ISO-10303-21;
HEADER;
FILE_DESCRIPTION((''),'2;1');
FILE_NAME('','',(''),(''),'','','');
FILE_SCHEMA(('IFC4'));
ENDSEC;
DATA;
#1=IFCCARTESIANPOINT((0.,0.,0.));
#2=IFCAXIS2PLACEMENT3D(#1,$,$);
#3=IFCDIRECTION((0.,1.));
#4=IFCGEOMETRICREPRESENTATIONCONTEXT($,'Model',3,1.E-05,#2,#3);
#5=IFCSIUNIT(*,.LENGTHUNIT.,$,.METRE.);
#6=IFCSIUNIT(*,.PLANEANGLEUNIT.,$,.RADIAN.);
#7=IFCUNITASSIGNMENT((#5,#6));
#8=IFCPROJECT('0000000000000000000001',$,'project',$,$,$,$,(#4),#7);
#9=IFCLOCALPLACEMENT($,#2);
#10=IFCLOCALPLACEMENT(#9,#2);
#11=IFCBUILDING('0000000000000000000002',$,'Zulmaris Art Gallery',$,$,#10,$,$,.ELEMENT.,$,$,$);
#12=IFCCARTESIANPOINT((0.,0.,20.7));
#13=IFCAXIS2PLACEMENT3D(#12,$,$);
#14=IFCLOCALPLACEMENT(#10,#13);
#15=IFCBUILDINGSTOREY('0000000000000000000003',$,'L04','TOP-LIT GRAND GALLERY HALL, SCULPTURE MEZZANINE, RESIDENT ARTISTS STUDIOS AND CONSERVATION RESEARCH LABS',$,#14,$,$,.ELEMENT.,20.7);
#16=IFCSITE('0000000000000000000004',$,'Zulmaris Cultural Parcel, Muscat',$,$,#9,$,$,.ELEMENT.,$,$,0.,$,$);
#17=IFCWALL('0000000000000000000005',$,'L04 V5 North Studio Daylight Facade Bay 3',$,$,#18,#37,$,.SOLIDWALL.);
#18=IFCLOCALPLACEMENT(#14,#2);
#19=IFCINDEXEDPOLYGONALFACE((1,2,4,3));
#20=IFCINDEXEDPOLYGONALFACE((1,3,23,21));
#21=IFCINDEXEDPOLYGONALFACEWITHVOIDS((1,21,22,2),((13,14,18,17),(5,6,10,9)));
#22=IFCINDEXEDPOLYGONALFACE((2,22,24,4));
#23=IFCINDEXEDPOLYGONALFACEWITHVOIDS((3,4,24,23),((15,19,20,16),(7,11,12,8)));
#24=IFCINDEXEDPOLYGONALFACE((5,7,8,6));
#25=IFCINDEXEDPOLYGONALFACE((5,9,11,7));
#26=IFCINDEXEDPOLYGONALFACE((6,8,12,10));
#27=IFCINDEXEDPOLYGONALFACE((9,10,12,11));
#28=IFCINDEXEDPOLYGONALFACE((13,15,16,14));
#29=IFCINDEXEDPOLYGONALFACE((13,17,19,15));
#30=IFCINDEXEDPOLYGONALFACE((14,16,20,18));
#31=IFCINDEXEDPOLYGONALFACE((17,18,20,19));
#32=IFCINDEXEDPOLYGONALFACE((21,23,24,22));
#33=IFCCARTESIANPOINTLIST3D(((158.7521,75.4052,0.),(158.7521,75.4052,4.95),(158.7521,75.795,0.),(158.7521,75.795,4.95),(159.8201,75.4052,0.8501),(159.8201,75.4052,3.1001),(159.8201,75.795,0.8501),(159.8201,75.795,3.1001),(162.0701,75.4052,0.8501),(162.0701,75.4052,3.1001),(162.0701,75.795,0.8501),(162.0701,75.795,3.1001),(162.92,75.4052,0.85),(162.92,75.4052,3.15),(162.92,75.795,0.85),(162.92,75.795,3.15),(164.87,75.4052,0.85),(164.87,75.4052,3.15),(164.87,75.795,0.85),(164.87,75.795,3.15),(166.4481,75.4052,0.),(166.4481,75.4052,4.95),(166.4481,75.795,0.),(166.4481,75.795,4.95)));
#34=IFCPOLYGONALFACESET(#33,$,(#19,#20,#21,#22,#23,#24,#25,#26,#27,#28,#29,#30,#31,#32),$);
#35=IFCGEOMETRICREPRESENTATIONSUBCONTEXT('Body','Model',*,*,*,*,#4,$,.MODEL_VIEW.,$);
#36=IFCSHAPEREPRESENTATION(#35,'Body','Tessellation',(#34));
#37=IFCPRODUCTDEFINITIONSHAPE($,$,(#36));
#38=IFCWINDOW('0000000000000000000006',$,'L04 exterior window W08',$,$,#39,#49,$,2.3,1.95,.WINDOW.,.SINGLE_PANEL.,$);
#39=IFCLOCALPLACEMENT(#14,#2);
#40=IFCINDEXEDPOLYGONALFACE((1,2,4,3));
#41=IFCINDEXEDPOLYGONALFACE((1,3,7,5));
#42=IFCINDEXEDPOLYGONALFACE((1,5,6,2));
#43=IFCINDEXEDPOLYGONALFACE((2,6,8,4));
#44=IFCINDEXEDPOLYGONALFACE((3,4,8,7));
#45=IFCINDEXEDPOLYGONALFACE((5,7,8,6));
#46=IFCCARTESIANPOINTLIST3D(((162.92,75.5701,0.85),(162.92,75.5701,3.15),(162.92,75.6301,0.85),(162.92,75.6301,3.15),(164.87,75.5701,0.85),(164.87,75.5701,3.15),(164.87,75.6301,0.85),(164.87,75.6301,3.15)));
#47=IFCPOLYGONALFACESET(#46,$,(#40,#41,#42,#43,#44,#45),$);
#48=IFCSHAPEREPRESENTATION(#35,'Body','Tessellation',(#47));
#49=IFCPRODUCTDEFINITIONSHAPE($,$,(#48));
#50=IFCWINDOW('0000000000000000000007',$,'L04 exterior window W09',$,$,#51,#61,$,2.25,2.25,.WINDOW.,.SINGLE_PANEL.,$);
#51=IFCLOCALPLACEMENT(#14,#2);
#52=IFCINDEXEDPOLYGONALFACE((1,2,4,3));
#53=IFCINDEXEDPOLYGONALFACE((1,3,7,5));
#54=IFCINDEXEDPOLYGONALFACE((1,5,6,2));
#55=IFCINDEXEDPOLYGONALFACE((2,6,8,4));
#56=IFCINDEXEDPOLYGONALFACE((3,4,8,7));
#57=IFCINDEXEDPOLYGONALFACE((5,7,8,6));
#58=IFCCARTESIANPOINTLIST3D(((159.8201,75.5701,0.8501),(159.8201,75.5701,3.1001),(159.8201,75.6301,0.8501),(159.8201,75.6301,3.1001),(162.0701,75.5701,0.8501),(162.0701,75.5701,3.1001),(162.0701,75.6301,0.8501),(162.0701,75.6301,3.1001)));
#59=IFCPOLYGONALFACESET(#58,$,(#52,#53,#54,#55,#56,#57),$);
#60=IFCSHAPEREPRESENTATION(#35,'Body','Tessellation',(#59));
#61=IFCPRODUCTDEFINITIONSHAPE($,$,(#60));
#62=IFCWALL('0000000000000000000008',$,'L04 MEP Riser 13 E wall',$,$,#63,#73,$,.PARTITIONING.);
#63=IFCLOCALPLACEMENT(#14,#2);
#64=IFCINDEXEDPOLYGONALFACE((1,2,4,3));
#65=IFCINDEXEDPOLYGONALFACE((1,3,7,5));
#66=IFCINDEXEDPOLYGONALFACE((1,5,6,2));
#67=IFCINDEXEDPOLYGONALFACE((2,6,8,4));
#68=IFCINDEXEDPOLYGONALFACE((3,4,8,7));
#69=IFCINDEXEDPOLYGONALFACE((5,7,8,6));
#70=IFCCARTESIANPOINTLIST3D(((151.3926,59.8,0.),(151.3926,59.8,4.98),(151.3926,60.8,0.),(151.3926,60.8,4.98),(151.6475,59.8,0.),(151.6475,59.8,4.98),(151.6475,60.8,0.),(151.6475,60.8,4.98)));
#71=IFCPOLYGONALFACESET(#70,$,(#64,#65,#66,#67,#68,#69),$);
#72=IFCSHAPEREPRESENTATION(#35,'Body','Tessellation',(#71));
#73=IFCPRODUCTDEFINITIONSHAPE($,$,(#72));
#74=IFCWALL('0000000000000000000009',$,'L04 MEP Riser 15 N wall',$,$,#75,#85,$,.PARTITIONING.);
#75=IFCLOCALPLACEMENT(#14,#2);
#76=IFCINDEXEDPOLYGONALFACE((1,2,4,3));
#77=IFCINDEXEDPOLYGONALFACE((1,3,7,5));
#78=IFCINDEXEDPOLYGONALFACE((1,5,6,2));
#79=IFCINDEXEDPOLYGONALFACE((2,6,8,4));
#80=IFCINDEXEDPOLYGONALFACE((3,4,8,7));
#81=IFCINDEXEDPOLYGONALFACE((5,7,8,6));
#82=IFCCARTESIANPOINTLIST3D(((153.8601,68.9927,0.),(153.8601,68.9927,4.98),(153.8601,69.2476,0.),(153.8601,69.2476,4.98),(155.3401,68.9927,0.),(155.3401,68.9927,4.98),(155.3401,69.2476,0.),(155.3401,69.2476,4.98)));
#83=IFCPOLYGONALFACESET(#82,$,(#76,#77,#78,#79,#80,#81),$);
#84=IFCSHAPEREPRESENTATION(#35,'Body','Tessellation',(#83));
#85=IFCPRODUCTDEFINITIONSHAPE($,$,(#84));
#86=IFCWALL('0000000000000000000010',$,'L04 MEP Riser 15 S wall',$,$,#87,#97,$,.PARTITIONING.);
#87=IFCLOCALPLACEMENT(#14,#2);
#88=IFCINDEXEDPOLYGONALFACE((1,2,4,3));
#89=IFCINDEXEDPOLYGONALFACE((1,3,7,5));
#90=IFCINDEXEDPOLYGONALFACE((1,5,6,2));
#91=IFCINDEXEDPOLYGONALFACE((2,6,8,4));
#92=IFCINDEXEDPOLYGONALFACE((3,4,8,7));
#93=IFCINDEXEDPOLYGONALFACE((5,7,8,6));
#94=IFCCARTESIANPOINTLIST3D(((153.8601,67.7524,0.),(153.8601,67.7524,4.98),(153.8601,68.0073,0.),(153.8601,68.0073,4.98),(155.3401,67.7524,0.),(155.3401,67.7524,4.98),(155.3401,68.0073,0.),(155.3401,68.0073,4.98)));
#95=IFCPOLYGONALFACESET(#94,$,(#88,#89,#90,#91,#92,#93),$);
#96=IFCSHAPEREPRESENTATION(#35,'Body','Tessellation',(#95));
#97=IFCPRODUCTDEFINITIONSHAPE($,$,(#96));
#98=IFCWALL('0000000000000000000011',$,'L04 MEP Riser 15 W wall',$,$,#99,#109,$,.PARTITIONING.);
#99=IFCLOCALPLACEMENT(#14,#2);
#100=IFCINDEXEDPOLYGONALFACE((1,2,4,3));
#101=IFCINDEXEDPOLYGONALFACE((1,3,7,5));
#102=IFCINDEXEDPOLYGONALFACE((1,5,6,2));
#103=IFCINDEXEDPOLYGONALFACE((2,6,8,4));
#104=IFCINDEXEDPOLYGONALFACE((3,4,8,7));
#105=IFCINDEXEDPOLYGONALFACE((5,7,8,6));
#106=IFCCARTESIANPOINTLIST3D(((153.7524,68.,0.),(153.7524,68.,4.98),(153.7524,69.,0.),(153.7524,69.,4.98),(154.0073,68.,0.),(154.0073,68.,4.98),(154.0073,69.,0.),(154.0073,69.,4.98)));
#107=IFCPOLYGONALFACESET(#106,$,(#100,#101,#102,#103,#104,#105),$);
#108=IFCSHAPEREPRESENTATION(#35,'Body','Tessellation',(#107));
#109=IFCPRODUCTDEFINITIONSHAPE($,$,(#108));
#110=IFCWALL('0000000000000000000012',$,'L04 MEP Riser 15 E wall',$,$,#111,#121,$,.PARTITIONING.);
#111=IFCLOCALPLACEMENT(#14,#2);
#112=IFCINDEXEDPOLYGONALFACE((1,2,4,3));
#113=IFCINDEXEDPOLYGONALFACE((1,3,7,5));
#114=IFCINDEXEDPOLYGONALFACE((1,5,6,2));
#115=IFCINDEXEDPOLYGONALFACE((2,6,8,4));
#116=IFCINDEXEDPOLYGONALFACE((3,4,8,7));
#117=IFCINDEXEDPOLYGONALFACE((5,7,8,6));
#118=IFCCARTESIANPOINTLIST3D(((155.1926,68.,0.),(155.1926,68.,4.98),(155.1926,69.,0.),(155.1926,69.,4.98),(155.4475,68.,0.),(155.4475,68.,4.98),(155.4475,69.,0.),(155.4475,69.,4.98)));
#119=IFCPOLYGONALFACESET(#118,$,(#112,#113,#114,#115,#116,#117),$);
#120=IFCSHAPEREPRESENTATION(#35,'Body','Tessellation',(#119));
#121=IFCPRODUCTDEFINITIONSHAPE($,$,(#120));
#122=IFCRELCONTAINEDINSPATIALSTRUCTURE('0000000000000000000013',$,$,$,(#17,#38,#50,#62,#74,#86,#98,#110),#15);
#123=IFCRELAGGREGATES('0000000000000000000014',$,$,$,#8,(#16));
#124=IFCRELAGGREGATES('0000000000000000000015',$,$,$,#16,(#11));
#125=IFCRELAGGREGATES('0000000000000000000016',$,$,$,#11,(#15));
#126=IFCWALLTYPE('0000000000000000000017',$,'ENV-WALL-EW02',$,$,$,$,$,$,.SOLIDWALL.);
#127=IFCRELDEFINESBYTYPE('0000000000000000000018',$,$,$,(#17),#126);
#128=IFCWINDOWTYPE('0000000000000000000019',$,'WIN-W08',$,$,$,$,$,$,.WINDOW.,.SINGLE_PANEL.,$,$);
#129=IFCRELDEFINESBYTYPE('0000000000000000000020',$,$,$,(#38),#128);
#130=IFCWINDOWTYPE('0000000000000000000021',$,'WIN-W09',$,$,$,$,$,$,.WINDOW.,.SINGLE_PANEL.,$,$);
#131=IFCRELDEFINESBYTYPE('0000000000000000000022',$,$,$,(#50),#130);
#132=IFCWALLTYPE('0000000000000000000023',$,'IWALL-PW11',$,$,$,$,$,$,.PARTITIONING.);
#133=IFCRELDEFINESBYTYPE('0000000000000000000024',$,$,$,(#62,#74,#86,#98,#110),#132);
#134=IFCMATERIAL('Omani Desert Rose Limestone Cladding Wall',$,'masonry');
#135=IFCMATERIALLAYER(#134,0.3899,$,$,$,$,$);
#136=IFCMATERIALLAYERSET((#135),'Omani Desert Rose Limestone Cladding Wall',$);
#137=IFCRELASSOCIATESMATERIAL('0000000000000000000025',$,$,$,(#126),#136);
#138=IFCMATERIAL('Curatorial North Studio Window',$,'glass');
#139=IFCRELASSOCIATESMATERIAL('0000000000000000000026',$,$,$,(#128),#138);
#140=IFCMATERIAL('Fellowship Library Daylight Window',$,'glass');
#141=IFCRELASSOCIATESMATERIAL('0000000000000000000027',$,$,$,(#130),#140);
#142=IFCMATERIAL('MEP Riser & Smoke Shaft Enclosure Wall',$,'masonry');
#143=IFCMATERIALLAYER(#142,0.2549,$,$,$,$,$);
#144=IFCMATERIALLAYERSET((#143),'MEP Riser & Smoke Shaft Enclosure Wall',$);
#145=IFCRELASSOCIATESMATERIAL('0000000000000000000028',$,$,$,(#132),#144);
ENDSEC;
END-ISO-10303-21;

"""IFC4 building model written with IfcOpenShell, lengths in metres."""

from ifc_helpers import new_model, si_unit, direction, frame, frame_2d, origin, place, context, subcontext, project, spatial, rectangle, extrude, material, layer, layer_set, type_object, element, fill, save


model = new_model("IFC4")

# Units and contexts
model_context = context("Model", 3, precision=1e-05, world=origin(), true_north=direction((0.0, 1.0)))
body_context = subcontext(model_context, "Body", "Model", "MODEL_VIEW")
ifc_project = project(units=[si_unit("LENGTHUNIT", "METRE"), si_unit("PLANEANGLEUNIT", "RADIAN")], contexts=[model_context])

# Site, building, storey
site_placement = place(None, origin())
site = spatial("IfcSite", under=ifc_project, at=site_placement, Name="Zulmaris Cultural Parcel, Muscat", CompositionType="ELEMENT", RefElevation=0.0)
building_placement = place(site_placement, origin())
building = spatial("IfcBuilding", under=site, at=building_placement, Name="Zulmaris Art Gallery", CompositionType="ELEMENT")
storey_placement = place(building_placement, frame((0.0, 0.0, 20.7)))
storey = spatial("IfcBuildingStorey", under=building, at=storey_placement, Name="L04", Description="TOP-LIT GRAND GALLERY HALL, SCULPTURE MEZZANINE, RESIDENT ARTISTS STUDIOS AND CONSERVATION RESEARCH LABS", CompositionType="ELEMENT", Elevation=20.7)

# Wall, openings, windows
ifc_material_1 = material(Name="Omani Desert Rose Limestone Cladding Wall", Category="masonry")
ifc_layer_1 = layer(ifc_material_1, 0.3899)
ifc_layer_set_1 = layer_set([ifc_layer_1], Name="Omani Desert Rose Limestone Cladding Wall")
wall_type_1 = type_object("IfcWallType", Name="ENV-WALL-EW02", PredefinedType="SOLIDWALL", material=ifc_layer_set_1)
ifc_material_2 = material(Name="Curatorial North Studio Window", Category="glass")
window_type_1 = type_object("IfcWindowType", Name="WIN-W08", PartitioningType="SINGLE_PANEL", PredefinedType="WINDOW", material=ifc_material_2)
ifc_material_3 = material(Name="Fellowship Library Daylight Window", Category="glass")
window_type_2 = type_object("IfcWindowType", Name="WIN-W09", PartitioningType="SINGLE_PANEL", PredefinedType="WINDOW", material=ifc_material_3)
wall_1_placement = place(storey_placement, frame((158.752, 75.6001, 0.0), z_axis=(0.0, 0.0, 1.0), x_axis=(1.0, 0.0, 0.0)))
wall_1 = element("IfcWall", 1, at=wall_1_placement, inside=storey, type_object=wall_type_1, Name="L04 V5 North Studio Daylight Facade Bay 3", PredefinedType="SOLIDWALL", context=body_context, shape_type="SweptSolid", body=[
    extrude(rectangle(XDim=7.696, YDim=0.3899, at=frame_2d((3.8481, 0.0))), origin(), (0.0, 0.0, 1.0), 4.95),
])
opening_1_placement = place(wall_1_placement, frame((1.0681, 0.0, 0.8501)))
opening_1 = element("IfcOpeningElement", 2, at=opening_1_placement, cuts=wall_1, PredefinedType="OPENING", context=body_context, shape_type="SweptSolid", body=[
    extrude(rectangle(XDim=2.25, YDim=2.25, at=frame_2d((1.125, 1.125))), frame((0.0, 0.2048, 0.0), z_axis=(0.0, -1.0, 0.0), x_axis=(1.0, 0.0, 0.0)), (0.0, 0.0, 1.0), 0.4099),
])
opening_2_placement = place(wall_1_placement, frame((4.168, 0.0, 0.8501)))
opening_2 = element("IfcOpeningElement", 3, at=opening_2_placement, cuts=wall_1, PredefinedType="OPENING", context=body_context, shape_type="SweptSolid", body=[
    extrude(rectangle(XDim=1.95, YDim=2.3, at=frame_2d((0.9751, 1.1499))), frame((0.0, 0.2048, 0.0), z_axis=(0.0, -1.0, 0.0), x_axis=(1.0, 0.0, 0.0)), (0.0, 0.0, 1.0), 0.4099),
])
window_1_placement = place(opening_2_placement, origin())
window_1 = element("IfcWindow", 4, at=window_1_placement, inside=storey, type_object=window_type_1, Name="L04 exterior window W08", OverallHeight=2.3, OverallWidth=1.95, PartitioningType="SINGLE_PANEL", PredefinedType="WINDOW", context=body_context, shape_type="SweptSolid", body=[
    extrude(rectangle(XDim=1.95, YDim=2.3, at=frame_2d((0.9751, 1.1499))), frame((0.0, 0.03, 0.0), z_axis=(0.0, -1.0, 0.0), x_axis=(1.0, 0.0, 0.0)), (0.0, 0.0, 1.0), 0.0601),
])
fill(opening_2, window_1)
window_2_placement = place(opening_1_placement, origin())
window_2 = element("IfcWindow", 5, at=window_2_placement, inside=storey, type_object=window_type_2, Name="L04 exterior window W09", OverallHeight=2.25, OverallWidth=2.25, PartitioningType="SINGLE_PANEL", PredefinedType="WINDOW", context=body_context, shape_type="SweptSolid", body=[
    extrude(rectangle(XDim=2.25, YDim=2.25, at=frame_2d((1.125, 1.125))), frame((0.0, 0.03, 0.0), z_axis=(0.0, -1.0, 0.0), x_axis=(1.0, 0.0, 0.0)), (0.0, 0.0, 1.0), 0.0601),
])
fill(opening_1, window_2)

# Walls
ifc_material_4 = material(Name="MEP Riser & Smoke Shaft Enclosure Wall", Category="masonry")
ifc_layer_2 = layer(ifc_material_4, 0.2549)
ifc_layer_set_2 = layer_set([ifc_layer_2], Name="MEP Riser & Smoke Shaft Enclosure Wall")
wall_type_2 = type_object("IfcWallType", Name="IWALL-PW11", PredefinedType="PARTITIONING", material=ifc_layer_set_2)
wall_2_placement = place(storey_placement, frame((151.52, 59.8, 0.0), z_axis=(0.0, 0.0, 1.0), x_axis=(0.0, 1.0, 0.0)))
element("IfcWall", 6, at=wall_2_placement, inside=storey, type_object=wall_type_2, Name="L04 MEP Riser 13 E wall", PredefinedType="PARTITIONING", context=body_context, shape_type="SweptSolid", body=[
    extrude(rectangle(XDim=1.0, YDim=0.2549, at=frame_2d((0.5, 0.0))), origin(), (0.0, 0.0, 1.0), 4.98),
])
for number, where, z_axis, x_axis, name in (
    (7, (153.8601, 69.1201, 0.0), (0.0, 0.0, 1.0), (1.0, 0.0, 0.0), "L04 MEP Riser 15 N wall"),
    (8, (153.8601, 67.8799, 0.0), (0.0, 0.0, 1.0), (1.0, 0.0, 0.0), "L04 MEP Riser 15 S wall"),
):
    element("IfcWall", number, at=place(storey_placement, frame(where, z_axis=z_axis, x_axis=x_axis)), inside=storey, type_object=wall_type_2, Name=name, PredefinedType="PARTITIONING", context=body_context, shape_type="SweptSolid", body=[
        extrude(rectangle(XDim=1.48, YDim=0.2549, at=frame_2d((0.74, 0.0))), origin(), (0.0, 0.0, 1.0), 4.98),
    ])
for number, where, z_axis, x_axis, name in (
    (9, (153.8799, 68.0, 0.0), (0.0, 0.0, 1.0), (0.0, 1.0, 0.0), "L04 MEP Riser 15 W wall"),
    (10, (155.3201, 68.0, 0.0), (0.0, 0.0, 1.0), (0.0, 1.0, 0.0), "L04 MEP Riser 15 E wall"),
):
    element("IfcWall", number, at=place(storey_placement, frame(where, z_axis=z_axis, x_axis=x_axis)), inside=storey, type_object=wall_type_2, Name=name, PredefinedType="PARTITIONING", context=body_context, shape_type="SweptSolid", body=[
        extrude(rectangle(XDim=1.0, YDim=0.2549, at=frame_2d((0.5, 0.0))), origin(), (0.0, 0.0, 1.0), 4.98),
    ])

save(model, "model.ifc")
